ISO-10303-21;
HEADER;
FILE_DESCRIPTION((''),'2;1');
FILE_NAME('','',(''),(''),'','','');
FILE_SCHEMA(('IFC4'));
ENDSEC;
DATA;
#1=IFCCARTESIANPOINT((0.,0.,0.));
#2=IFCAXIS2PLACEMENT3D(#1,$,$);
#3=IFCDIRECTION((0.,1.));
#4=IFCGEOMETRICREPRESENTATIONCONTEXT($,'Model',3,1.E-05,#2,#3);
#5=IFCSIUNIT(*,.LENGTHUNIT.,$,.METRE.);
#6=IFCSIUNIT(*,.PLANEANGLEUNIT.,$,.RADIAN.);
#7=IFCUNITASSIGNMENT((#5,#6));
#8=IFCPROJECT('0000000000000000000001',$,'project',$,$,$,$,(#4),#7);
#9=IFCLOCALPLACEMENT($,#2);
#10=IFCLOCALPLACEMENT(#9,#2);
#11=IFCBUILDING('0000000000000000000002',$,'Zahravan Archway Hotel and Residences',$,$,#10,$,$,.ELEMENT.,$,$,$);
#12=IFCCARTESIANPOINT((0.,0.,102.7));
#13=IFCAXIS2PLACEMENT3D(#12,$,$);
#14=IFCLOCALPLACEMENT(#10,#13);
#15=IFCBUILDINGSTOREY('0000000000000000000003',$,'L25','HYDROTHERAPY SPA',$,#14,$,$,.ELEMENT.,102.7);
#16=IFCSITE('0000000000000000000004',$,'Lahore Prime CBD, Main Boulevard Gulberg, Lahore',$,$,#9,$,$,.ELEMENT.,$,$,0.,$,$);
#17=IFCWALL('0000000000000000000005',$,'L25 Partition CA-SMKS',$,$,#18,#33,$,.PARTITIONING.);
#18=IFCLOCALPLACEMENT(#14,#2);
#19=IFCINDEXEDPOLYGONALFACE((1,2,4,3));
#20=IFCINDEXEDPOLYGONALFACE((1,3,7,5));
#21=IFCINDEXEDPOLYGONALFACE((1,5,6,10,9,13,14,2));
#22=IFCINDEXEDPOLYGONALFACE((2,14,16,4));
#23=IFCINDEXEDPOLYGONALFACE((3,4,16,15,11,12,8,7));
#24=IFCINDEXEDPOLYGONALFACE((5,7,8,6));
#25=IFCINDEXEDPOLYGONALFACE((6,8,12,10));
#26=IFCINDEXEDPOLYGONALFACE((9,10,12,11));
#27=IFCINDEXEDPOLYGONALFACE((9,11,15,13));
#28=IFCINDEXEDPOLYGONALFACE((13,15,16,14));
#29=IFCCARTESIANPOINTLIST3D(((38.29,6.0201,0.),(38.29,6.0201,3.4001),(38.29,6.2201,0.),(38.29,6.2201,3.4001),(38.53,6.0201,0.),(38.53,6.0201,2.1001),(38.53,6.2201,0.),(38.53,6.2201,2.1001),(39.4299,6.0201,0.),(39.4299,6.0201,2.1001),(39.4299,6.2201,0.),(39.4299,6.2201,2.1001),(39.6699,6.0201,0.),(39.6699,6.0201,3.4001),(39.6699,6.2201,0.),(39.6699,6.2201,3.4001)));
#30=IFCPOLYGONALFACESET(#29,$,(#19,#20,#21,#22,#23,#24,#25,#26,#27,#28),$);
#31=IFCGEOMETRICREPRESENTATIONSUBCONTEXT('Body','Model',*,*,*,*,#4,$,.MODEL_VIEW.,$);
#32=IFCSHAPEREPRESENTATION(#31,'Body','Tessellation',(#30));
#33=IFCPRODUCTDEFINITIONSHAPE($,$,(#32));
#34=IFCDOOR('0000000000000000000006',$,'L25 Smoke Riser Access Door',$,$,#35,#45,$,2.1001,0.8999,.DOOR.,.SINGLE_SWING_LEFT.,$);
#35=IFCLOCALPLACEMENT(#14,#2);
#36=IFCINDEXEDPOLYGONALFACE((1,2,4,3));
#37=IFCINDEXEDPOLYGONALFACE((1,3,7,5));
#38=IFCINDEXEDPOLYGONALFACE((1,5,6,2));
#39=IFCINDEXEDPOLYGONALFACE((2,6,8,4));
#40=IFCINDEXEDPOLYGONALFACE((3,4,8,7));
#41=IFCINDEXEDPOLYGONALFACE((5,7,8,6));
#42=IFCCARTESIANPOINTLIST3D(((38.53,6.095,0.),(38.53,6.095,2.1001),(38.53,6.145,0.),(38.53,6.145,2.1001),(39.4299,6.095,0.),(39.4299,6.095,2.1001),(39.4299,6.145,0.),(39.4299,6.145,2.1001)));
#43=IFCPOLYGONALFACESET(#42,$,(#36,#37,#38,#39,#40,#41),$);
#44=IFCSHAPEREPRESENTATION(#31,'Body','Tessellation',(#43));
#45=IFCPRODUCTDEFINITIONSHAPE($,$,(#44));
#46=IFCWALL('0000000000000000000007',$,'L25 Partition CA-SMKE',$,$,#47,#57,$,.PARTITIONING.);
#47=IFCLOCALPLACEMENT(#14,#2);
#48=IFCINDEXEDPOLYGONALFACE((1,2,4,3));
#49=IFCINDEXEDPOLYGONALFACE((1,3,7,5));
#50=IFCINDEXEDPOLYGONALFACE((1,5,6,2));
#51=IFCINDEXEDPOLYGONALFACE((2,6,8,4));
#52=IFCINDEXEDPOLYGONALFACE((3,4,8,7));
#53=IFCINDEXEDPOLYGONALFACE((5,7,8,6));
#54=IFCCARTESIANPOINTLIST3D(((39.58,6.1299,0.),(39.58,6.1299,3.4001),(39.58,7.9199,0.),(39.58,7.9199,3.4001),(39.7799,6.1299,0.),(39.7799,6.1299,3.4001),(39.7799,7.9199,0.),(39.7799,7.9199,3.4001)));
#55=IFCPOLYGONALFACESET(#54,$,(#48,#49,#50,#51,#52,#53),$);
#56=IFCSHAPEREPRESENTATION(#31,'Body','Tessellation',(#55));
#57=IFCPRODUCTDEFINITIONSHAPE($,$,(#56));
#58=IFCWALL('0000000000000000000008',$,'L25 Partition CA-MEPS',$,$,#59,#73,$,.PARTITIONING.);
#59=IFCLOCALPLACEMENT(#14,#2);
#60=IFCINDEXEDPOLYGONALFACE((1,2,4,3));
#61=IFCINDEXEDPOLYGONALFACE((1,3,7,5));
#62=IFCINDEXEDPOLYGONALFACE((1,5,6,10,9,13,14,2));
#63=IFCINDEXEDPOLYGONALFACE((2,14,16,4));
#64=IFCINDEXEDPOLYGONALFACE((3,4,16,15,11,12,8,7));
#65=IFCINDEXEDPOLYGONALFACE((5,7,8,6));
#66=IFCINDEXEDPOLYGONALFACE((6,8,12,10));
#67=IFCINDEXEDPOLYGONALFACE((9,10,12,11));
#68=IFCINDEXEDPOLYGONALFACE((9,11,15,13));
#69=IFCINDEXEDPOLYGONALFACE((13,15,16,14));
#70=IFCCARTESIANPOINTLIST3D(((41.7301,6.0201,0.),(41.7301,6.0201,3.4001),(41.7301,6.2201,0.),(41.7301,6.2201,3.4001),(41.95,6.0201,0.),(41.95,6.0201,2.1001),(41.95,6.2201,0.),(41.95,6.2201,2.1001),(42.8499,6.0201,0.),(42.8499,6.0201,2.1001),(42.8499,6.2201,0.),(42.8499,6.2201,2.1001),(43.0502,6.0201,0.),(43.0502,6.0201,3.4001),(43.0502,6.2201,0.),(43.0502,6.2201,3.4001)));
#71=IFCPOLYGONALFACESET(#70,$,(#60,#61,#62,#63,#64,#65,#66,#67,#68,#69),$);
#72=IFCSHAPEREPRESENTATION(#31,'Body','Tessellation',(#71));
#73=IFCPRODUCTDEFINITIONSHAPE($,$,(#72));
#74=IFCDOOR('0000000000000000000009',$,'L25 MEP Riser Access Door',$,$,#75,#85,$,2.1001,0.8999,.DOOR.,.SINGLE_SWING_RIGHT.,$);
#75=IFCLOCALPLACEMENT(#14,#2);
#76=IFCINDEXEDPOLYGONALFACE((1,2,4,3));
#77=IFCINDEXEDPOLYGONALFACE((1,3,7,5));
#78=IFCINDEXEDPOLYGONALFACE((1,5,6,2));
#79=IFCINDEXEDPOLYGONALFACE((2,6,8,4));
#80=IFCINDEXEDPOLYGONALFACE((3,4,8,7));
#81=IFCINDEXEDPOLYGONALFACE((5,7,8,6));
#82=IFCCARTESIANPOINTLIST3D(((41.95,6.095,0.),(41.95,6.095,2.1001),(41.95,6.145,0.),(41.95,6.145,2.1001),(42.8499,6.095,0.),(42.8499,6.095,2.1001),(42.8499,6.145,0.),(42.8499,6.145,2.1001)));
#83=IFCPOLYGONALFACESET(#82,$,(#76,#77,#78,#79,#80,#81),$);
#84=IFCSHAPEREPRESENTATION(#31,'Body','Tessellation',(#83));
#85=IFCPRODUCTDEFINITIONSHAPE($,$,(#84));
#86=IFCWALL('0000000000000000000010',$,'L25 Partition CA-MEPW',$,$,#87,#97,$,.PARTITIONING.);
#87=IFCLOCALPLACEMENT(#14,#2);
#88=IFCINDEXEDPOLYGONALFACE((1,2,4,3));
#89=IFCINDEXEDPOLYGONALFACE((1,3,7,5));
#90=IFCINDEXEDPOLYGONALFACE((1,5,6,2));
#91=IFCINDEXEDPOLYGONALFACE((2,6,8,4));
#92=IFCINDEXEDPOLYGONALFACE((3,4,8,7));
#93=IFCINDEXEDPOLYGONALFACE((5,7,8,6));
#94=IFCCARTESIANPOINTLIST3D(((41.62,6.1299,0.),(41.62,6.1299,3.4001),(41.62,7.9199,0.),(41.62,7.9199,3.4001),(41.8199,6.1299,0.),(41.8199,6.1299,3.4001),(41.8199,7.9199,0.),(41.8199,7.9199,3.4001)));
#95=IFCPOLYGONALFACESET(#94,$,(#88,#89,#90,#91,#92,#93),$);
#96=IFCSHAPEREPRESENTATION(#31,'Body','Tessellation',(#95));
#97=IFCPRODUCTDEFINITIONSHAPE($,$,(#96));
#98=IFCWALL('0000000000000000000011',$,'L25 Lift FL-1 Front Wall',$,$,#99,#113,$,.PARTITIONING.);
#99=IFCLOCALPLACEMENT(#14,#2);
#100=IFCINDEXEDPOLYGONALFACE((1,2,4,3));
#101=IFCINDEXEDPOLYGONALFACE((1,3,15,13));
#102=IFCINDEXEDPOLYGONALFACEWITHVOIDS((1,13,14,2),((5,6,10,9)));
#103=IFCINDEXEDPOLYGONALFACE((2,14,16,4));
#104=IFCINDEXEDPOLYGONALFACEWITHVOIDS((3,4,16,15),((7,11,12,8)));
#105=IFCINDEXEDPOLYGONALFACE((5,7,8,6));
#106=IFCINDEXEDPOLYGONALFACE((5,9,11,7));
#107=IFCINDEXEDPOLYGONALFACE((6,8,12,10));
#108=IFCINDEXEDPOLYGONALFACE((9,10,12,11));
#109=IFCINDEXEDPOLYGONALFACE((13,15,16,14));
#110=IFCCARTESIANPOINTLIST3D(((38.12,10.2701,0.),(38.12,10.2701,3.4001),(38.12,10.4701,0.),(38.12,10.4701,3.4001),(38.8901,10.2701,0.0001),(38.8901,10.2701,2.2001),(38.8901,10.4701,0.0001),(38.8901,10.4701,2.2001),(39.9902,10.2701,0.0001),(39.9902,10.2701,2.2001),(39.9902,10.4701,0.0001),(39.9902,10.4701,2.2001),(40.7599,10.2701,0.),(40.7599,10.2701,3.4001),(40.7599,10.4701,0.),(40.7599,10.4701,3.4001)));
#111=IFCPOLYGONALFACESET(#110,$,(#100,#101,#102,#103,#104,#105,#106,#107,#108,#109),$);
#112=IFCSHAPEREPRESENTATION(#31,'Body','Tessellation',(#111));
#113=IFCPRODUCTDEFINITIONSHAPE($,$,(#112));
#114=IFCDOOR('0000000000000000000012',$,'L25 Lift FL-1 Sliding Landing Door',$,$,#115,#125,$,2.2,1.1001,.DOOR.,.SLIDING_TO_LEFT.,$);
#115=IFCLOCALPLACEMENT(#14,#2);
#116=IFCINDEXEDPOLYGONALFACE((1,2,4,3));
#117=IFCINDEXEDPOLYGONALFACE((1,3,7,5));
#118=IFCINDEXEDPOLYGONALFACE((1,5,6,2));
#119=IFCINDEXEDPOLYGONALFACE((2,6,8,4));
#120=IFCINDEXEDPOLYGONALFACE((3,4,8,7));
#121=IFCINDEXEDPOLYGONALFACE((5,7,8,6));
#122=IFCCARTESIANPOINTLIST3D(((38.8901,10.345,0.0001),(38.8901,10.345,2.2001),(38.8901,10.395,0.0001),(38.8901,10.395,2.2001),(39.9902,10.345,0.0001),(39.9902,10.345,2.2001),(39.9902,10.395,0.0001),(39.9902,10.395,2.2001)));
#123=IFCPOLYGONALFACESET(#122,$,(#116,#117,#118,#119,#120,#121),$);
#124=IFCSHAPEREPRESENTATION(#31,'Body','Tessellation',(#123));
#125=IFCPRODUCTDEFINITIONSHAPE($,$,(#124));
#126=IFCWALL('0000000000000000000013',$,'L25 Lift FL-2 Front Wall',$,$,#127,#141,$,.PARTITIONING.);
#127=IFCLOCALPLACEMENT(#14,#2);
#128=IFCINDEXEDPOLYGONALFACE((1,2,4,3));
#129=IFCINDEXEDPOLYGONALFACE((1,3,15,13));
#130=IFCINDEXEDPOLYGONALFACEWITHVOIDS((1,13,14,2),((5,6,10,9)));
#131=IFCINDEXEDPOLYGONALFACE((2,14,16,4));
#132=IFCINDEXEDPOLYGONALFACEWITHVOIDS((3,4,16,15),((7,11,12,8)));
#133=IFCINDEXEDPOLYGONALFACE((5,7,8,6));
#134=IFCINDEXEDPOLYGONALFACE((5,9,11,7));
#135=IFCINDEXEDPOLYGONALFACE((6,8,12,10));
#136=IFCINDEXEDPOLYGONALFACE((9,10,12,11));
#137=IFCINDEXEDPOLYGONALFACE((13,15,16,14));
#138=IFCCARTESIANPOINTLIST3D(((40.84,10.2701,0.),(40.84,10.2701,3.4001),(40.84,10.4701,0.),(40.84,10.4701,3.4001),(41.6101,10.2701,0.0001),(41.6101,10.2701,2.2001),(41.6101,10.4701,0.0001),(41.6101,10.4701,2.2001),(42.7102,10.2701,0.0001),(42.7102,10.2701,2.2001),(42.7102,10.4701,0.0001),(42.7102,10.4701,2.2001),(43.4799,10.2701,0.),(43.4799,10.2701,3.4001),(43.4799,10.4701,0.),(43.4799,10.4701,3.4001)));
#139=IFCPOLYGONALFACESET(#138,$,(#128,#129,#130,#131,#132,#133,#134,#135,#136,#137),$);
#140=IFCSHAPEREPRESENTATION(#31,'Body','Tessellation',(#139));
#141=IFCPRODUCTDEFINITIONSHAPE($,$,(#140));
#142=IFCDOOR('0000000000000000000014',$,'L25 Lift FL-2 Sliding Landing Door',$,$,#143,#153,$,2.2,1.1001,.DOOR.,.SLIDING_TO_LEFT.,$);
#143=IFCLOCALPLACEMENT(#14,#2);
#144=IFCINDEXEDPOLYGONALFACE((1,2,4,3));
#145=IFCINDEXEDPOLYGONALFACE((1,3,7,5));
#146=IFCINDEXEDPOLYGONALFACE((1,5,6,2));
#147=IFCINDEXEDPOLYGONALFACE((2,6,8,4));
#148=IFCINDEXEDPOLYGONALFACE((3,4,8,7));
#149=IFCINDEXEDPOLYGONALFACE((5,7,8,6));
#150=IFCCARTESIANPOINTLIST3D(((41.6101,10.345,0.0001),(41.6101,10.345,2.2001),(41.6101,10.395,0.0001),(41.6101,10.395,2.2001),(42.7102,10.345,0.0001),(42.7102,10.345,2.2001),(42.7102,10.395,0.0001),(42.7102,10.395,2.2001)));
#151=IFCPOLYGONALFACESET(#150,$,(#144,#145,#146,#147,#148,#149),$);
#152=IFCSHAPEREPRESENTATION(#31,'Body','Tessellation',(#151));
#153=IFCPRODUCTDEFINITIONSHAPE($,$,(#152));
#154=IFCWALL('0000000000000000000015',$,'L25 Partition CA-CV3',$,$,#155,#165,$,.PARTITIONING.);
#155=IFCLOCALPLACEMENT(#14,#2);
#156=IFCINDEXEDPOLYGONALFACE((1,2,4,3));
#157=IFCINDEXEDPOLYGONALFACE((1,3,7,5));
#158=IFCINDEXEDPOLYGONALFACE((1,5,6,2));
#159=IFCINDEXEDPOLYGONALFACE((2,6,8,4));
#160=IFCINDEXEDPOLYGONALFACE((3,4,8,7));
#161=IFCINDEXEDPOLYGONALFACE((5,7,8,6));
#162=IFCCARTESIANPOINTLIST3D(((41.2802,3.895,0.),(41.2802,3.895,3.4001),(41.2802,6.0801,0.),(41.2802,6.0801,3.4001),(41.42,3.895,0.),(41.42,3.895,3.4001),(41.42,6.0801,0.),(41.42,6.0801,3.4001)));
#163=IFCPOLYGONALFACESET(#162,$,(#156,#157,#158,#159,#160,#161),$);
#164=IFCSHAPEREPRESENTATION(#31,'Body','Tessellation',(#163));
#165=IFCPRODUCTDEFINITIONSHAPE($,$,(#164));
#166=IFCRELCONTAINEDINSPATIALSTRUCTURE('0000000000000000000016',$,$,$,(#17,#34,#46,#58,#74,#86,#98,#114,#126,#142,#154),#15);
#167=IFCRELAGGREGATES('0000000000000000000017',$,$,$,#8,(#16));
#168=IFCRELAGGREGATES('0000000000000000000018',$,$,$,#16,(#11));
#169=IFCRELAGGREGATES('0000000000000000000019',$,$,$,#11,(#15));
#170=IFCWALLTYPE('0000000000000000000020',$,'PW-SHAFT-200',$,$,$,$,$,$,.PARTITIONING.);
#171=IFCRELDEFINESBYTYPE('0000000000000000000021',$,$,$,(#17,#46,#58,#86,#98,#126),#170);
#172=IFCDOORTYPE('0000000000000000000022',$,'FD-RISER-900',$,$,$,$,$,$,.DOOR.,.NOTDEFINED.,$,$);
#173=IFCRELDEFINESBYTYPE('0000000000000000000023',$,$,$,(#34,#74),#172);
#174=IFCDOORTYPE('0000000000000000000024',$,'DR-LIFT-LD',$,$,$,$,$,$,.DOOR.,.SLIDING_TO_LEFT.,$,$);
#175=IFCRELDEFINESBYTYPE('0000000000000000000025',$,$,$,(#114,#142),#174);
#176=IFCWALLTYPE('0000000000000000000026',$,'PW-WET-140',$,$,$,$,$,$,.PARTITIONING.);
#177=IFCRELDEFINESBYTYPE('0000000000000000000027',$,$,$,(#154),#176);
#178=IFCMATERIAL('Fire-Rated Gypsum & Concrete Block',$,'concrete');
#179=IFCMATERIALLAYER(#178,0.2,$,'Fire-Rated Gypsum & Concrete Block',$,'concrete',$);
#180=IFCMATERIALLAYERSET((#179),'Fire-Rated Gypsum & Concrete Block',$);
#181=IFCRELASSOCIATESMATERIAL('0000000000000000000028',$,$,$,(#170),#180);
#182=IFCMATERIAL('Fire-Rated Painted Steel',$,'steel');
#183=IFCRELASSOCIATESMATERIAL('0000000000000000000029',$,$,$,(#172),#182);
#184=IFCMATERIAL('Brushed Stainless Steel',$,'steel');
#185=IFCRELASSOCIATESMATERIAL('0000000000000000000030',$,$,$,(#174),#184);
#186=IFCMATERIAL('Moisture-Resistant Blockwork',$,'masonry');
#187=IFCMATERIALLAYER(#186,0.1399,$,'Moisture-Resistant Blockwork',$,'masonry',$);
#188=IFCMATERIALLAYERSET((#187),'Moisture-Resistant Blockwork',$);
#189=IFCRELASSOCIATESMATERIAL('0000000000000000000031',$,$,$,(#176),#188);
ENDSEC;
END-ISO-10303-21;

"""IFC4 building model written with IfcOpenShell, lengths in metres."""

from ifc_helpers import new_model, si_unit, direction, frame, frame_2d, origin, place, context, subcontext, project, spatial, rectangle, extrude, source, transform, mapped, material, layer, layer_set, type_object, type_shapes, element, fill, save


model = new_model("IFC4")

# Units and contexts
model_context = context("Model", 3, precision=1e-05, world=origin(), true_north=direction((0.0, 1.0)))
body_context = subcontext(model_context, "Body", "Model", "MODEL_VIEW")
ifc_project = project(units=[si_unit("LENGTHUNIT", "METRE"), si_unit("PLANEANGLEUNIT", "RADIAN")], contexts=[model_context])

# Site, building, storey
site_placement = place(None, origin())
site = spatial("IfcSite", under=ifc_project, at=site_placement, Name="Lahore Prime CBD, Main Boulevard Gulberg, Lahore", CompositionType="ELEMENT", RefElevation=0.0)
building_placement = place(site_placement, origin())
building = spatial("IfcBuilding", under=site, at=building_placement, Name="Zahravan Archway Hotel and Residences", CompositionType="ELEMENT")
storey_placement = place(building_placement, frame((0.0, 0.0, 102.7)))
storey = spatial("IfcBuildingStorey", under=building, at=storey_placement, Name="L25", Description="HYDROTHERAPY SPA", CompositionType="ELEMENT", Elevation=102.7)

# Shared definitions
ifc_material_1 = material(Name="Fire-Rated Gypsum & Concrete Block", Category="concrete")
ifc_layer_1 = layer(ifc_material_1, 0.2, Name="Fire-Rated Gypsum & Concrete Block", Category="concrete")
ifc_layer_set_1 = layer_set([ifc_layer_1], Name="Fire-Rated Gypsum & Concrete Block")
wall_type_1 = type_object("IfcWallType", Name="PW-SHAFT-200", PredefinedType="PARTITIONING", material=ifc_layer_set_1)

# Wall, opening, door
wall_1_placement = place(storey_placement, frame((38.29, 6.1201, 0.0), z_axis=(0.0, 0.0, 1.0), x_axis=(1.0, 0.0, 0.0)))
wall_1 = element("IfcWall", 1, at=wall_1_placement, inside=storey, type_object=wall_type_1, Name="L25 Partition CA-SMKS", PredefinedType="PARTITIONING", context=body_context, shape_type="SweptSolid", body=[
    extrude(rectangle(XDim=1.3799, YDim=0.2, at=frame_2d((0.6899, 0.0))), origin(), (0.0, 0.0, 1.0), 3.4001),
])
opening_1_placement = place(wall_1_placement, frame((0.24, 0.0, 0.0)))
opening_1 = element("IfcOpeningElement", 2, at=opening_1_placement, cuts=wall_1, PredefinedType="OPENING", context=body_context, shape_type="SweptSolid", body=[
    extrude(rectangle(XDim=0.8999, YDim=2.1001, at=frame_2d((0.45, 1.05))), frame((0.0, 0.1099, 0.0), z_axis=(0.0, -1.0, 0.0), x_axis=(1.0, 0.0, 0.0)), (0.0, 0.0, 1.0), 0.22),
])
ifc_material_2 = material(Name="Fire-Rated Painted Steel", Category="steel")
door_type_1 = type_object("IfcDoorType", Name="FD-RISER-900", OperationType="NOTDEFINED", PredefinedType="DOOR", material=ifc_material_2)
shared_shape_1 = source(origin(), body_context, "Body", "SweptSolid", [
    extrude(rectangle(XDim=0.8999, YDim=2.1001, at=frame_2d((0.45, 1.05))), frame((0.0, 0.0249, 0.0), z_axis=(0.0, -1.0, 0.0), x_axis=(1.0, 0.0, 0.0)), (0.0, 0.0, 1.0), 0.05),
])
type_shapes(door_type_1, [shared_shape_1])
door_1_placement = place(opening_1_placement, origin())
door_1 = element("IfcDoor", 3, at=door_1_placement, inside=storey, type_object=door_type_1, Name="L25 Smoke Riser Access Door", OperationType="SINGLE_SWING_LEFT", OverallHeight=2.1001, OverallWidth=0.8999, PredefinedType="DOOR", context=body_context, shape_type="MappedRepresentation", body=[
    mapped(shared_shape_1, transform((0.0, 0.0, 0.0), scale=1.0)),
])
fill(opening_1, door_1)

# Wall
wall_2_placement = place(storey_placement, frame((39.6799, 6.1299, 0.0), z_axis=(0.0, 0.0, 1.0), x_axis=(0.0, 1.0, 0.0)))
element("IfcWall", 4, at=wall_2_placement, inside=storey, type_object=wall_type_1, Name="L25 Partition CA-SMKE", PredefinedType="PARTITIONING", context=body_context, shape_type="SweptSolid", body=[
    extrude(rectangle(XDim=1.79, YDim=0.2, at=frame_2d((0.895, 0.0))), origin(), (0.0, 0.0, 1.0), 3.4001),
])

# Wall, opening, door
wall_3_placement = place(storey_placement, frame((41.73, 6.1201, 0.0), z_axis=(0.0, 0.0, 1.0), x_axis=(1.0, 0.0, 0.0)))
wall_3 = element("IfcWall", 5, at=wall_3_placement, inside=storey, type_object=wall_type_1, Name="L25 Partition CA-MEPS", PredefinedType="PARTITIONING", context=body_context, shape_type="SweptSolid", body=[
    extrude(rectangle(XDim=1.3201, YDim=0.2, at=frame_2d((0.6602, 0.0))), origin(), (0.0, 0.0, 1.0), 3.4001),
])
opening_2_placement = place(wall_3_placement, frame((0.22, 0.0, 0.0)))
opening_2 = element("IfcOpeningElement", 6, at=opening_2_placement, cuts=wall_3, PredefinedType="OPENING", context=body_context, shape_type="SweptSolid", body=[
    extrude(rectangle(XDim=0.8999, YDim=2.1001, at=frame_2d((0.45, 1.05))), frame((0.0, 0.1099, 0.0), z_axis=(0.0, -1.0, 0.0), x_axis=(1.0, 0.0, 0.0)), (0.0, 0.0, 1.0), 0.22),
])
door_2_placement = place(opening_2_placement, origin())
door_2 = element("IfcDoor", 7, at=door_2_placement, inside=storey, type_object=door_type_1, Name="L25 MEP Riser Access Door", OperationType="SINGLE_SWING_RIGHT", OverallHeight=2.1001, OverallWidth=0.8999, PredefinedType="DOOR", context=body_context, shape_type="MappedRepresentation", body=[
    mapped(shared_shape_1, transform((0.0, 0.0, 0.0), scale=1.0)),
])
fill(opening_2, door_2)

# Wall
wall_4_placement = place(storey_placement, frame((41.72, 6.1299, 0.0), z_axis=(0.0, 0.0, 1.0), x_axis=(0.0, 1.0, 0.0)))
element("IfcWall", 8, at=wall_4_placement, inside=storey, type_object=wall_type_1, Name="L25 Partition CA-MEPW", PredefinedType="PARTITIONING", context=body_context, shape_type="SweptSolid", body=[
    extrude(rectangle(XDim=1.79, YDim=0.2, at=frame_2d((0.895, 0.0))), origin(), (0.0, 0.0, 1.0), 3.4001),
])

# Walls, openings, doors
wall_5_placement = place(storey_placement, frame((38.1201, 10.3701, 0.0), z_axis=(0.0, 0.0, 1.0), x_axis=(1.0, 0.0, 0.0)))
wall_5 = element("IfcWall", 9, at=wall_5_placement, inside=storey, type_object=wall_type_1, Name="L25 Lift FL-1 Front Wall", PredefinedType="PARTITIONING", context=body_context, shape_type="SweptSolid", body=[
    extrude(rectangle(XDim=2.6399, YDim=0.2, at=frame_2d((1.3198, 0.0))), origin(), (0.0, 0.0, 1.0), 3.4001),
])
opening_3_placement = place(wall_5_placement, frame((0.77, 0.0, 0.0)))
opening_3 = element("IfcOpeningElement", 10, at=opening_3_placement, cuts=wall_5, PredefinedType="OPENING", context=body_context, shape_type="SweptSolid", body=[
    extrude(rectangle(XDim=1.1001, YDim=2.2, at=frame_2d((0.55, 1.1001))), frame((0.0, 0.1099, 0.0), z_axis=(0.0, -1.0, 0.0), x_axis=(1.0, 0.0, 0.0)), (0.0, 0.0, 1.0), 0.22),
])
ifc_material_3 = material(Name="Brushed Stainless Steel", Category="steel")
door_type_2 = type_object("IfcDoorType", Name="DR-LIFT-LD", OperationType="SLIDING_TO_LEFT", PredefinedType="DOOR", material=ifc_material_3)
shared_shape_2 = source(origin(), body_context, "Body", "SweptSolid", [
    extrude(rectangle(XDim=1.1001, YDim=2.2, at=frame_2d((0.55, 1.1001))), frame((0.0, 0.0249, 0.0), z_axis=(0.0, -1.0, 0.0), x_axis=(1.0, 0.0, 0.0)), (0.0, 0.0, 1.0), 0.05),
])
type_shapes(door_type_2, [shared_shape_2])
door_3_placement = place(opening_3_placement, origin())
door_3 = element("IfcDoor", 11, at=door_3_placement, inside=storey, type_object=door_type_2, Name="L25 Lift FL-1 Sliding Landing Door", OperationType="SLIDING_TO_LEFT", OverallHeight=2.2, OverallWidth=1.1001, PredefinedType="DOOR", context=body_context, shape_type="MappedRepresentation", body=[
    mapped(shared_shape_2, transform((0.0, 0.0, 0.0), scale=1.0)),
])
fill(opening_3, door_3)
wall_6_placement = place(storey_placement, frame((40.8401, 10.3701, 0.0), z_axis=(0.0, 0.0, 1.0), x_axis=(1.0, 0.0, 0.0)))
wall_6 = element("IfcWall", 12, at=wall_6_placement, inside=storey, type_object=wall_type_1, Name="L25 Lift FL-2 Front Wall", PredefinedType="PARTITIONING", context=body_context, shape_type="SweptSolid", body=[
    extrude(rectangle(XDim=2.6399, YDim=0.2, at=frame_2d((1.3198, 0.0))), origin(), (0.0, 0.0, 1.0), 3.4001),
])
opening_4_placement = place(wall_6_placement, frame((0.77, 0.0, 0.0)))
opening_4 = element("IfcOpeningElement", 13, at=opening_4_placement, cuts=wall_6, PredefinedType="OPENING", context=body_context, shape_type="SweptSolid", body=[
    extrude(rectangle(XDim=1.1001, YDim=2.2, at=frame_2d((0.55, 1.1001))), frame((0.0, 0.1099, 0.0), z_axis=(0.0, -1.0, 0.0), x_axis=(1.0, 0.0, 0.0)), (0.0, 0.0, 1.0), 0.22),
])
door_4_placement = place(opening_4_placement, origin())
door_4 = element("IfcDoor", 14, at=door_4_placement, inside=storey, type_object=door_type_2, Name="L25 Lift FL-2 Sliding Landing Door", OperationType="SLIDING_TO_LEFT", OverallHeight=2.2, OverallWidth=1.1001, PredefinedType="DOOR", context=body_context, shape_type="MappedRepresentation", body=[
    mapped(shared_shape_2, transform((0.0, 0.0, 0.0), scale=1.0)),
])
fill(opening_4, door_4)

# Wall
ifc_material_4 = material(Name="Moisture-Resistant Blockwork", Category="masonry")
ifc_layer_2 = layer(ifc_material_4, 0.1399, Name="Moisture-Resistant Blockwork", Category="masonry")
ifc_layer_set_2 = layer_set([ifc_layer_2], Name="Moisture-Resistant Blockwork")
wall_type_2 = type_object("IfcWallType", Name="PW-WET-140", PredefinedType="PARTITIONING", material=ifc_layer_set_2)
wall_7_placement = place(storey_placement, frame((41.3501, 3.895, 0.0), z_axis=(0.0, 0.0, 1.0), x_axis=(0.0, 1.0, 0.0)))
element("IfcWall", 15, at=wall_7_placement, inside=storey, type_object=wall_type_2, Name="L25 Partition CA-CV3", PredefinedType="PARTITIONING", context=body_context, shape_type="SweptSolid", body=[
    extrude(rectangle(XDim=2.1851, YDim=0.1399, at=frame_2d((1.0925, 0.0))), origin(), (0.0, 0.0, 1.0), 3.4001),
])

save(model, "model.ifc")
